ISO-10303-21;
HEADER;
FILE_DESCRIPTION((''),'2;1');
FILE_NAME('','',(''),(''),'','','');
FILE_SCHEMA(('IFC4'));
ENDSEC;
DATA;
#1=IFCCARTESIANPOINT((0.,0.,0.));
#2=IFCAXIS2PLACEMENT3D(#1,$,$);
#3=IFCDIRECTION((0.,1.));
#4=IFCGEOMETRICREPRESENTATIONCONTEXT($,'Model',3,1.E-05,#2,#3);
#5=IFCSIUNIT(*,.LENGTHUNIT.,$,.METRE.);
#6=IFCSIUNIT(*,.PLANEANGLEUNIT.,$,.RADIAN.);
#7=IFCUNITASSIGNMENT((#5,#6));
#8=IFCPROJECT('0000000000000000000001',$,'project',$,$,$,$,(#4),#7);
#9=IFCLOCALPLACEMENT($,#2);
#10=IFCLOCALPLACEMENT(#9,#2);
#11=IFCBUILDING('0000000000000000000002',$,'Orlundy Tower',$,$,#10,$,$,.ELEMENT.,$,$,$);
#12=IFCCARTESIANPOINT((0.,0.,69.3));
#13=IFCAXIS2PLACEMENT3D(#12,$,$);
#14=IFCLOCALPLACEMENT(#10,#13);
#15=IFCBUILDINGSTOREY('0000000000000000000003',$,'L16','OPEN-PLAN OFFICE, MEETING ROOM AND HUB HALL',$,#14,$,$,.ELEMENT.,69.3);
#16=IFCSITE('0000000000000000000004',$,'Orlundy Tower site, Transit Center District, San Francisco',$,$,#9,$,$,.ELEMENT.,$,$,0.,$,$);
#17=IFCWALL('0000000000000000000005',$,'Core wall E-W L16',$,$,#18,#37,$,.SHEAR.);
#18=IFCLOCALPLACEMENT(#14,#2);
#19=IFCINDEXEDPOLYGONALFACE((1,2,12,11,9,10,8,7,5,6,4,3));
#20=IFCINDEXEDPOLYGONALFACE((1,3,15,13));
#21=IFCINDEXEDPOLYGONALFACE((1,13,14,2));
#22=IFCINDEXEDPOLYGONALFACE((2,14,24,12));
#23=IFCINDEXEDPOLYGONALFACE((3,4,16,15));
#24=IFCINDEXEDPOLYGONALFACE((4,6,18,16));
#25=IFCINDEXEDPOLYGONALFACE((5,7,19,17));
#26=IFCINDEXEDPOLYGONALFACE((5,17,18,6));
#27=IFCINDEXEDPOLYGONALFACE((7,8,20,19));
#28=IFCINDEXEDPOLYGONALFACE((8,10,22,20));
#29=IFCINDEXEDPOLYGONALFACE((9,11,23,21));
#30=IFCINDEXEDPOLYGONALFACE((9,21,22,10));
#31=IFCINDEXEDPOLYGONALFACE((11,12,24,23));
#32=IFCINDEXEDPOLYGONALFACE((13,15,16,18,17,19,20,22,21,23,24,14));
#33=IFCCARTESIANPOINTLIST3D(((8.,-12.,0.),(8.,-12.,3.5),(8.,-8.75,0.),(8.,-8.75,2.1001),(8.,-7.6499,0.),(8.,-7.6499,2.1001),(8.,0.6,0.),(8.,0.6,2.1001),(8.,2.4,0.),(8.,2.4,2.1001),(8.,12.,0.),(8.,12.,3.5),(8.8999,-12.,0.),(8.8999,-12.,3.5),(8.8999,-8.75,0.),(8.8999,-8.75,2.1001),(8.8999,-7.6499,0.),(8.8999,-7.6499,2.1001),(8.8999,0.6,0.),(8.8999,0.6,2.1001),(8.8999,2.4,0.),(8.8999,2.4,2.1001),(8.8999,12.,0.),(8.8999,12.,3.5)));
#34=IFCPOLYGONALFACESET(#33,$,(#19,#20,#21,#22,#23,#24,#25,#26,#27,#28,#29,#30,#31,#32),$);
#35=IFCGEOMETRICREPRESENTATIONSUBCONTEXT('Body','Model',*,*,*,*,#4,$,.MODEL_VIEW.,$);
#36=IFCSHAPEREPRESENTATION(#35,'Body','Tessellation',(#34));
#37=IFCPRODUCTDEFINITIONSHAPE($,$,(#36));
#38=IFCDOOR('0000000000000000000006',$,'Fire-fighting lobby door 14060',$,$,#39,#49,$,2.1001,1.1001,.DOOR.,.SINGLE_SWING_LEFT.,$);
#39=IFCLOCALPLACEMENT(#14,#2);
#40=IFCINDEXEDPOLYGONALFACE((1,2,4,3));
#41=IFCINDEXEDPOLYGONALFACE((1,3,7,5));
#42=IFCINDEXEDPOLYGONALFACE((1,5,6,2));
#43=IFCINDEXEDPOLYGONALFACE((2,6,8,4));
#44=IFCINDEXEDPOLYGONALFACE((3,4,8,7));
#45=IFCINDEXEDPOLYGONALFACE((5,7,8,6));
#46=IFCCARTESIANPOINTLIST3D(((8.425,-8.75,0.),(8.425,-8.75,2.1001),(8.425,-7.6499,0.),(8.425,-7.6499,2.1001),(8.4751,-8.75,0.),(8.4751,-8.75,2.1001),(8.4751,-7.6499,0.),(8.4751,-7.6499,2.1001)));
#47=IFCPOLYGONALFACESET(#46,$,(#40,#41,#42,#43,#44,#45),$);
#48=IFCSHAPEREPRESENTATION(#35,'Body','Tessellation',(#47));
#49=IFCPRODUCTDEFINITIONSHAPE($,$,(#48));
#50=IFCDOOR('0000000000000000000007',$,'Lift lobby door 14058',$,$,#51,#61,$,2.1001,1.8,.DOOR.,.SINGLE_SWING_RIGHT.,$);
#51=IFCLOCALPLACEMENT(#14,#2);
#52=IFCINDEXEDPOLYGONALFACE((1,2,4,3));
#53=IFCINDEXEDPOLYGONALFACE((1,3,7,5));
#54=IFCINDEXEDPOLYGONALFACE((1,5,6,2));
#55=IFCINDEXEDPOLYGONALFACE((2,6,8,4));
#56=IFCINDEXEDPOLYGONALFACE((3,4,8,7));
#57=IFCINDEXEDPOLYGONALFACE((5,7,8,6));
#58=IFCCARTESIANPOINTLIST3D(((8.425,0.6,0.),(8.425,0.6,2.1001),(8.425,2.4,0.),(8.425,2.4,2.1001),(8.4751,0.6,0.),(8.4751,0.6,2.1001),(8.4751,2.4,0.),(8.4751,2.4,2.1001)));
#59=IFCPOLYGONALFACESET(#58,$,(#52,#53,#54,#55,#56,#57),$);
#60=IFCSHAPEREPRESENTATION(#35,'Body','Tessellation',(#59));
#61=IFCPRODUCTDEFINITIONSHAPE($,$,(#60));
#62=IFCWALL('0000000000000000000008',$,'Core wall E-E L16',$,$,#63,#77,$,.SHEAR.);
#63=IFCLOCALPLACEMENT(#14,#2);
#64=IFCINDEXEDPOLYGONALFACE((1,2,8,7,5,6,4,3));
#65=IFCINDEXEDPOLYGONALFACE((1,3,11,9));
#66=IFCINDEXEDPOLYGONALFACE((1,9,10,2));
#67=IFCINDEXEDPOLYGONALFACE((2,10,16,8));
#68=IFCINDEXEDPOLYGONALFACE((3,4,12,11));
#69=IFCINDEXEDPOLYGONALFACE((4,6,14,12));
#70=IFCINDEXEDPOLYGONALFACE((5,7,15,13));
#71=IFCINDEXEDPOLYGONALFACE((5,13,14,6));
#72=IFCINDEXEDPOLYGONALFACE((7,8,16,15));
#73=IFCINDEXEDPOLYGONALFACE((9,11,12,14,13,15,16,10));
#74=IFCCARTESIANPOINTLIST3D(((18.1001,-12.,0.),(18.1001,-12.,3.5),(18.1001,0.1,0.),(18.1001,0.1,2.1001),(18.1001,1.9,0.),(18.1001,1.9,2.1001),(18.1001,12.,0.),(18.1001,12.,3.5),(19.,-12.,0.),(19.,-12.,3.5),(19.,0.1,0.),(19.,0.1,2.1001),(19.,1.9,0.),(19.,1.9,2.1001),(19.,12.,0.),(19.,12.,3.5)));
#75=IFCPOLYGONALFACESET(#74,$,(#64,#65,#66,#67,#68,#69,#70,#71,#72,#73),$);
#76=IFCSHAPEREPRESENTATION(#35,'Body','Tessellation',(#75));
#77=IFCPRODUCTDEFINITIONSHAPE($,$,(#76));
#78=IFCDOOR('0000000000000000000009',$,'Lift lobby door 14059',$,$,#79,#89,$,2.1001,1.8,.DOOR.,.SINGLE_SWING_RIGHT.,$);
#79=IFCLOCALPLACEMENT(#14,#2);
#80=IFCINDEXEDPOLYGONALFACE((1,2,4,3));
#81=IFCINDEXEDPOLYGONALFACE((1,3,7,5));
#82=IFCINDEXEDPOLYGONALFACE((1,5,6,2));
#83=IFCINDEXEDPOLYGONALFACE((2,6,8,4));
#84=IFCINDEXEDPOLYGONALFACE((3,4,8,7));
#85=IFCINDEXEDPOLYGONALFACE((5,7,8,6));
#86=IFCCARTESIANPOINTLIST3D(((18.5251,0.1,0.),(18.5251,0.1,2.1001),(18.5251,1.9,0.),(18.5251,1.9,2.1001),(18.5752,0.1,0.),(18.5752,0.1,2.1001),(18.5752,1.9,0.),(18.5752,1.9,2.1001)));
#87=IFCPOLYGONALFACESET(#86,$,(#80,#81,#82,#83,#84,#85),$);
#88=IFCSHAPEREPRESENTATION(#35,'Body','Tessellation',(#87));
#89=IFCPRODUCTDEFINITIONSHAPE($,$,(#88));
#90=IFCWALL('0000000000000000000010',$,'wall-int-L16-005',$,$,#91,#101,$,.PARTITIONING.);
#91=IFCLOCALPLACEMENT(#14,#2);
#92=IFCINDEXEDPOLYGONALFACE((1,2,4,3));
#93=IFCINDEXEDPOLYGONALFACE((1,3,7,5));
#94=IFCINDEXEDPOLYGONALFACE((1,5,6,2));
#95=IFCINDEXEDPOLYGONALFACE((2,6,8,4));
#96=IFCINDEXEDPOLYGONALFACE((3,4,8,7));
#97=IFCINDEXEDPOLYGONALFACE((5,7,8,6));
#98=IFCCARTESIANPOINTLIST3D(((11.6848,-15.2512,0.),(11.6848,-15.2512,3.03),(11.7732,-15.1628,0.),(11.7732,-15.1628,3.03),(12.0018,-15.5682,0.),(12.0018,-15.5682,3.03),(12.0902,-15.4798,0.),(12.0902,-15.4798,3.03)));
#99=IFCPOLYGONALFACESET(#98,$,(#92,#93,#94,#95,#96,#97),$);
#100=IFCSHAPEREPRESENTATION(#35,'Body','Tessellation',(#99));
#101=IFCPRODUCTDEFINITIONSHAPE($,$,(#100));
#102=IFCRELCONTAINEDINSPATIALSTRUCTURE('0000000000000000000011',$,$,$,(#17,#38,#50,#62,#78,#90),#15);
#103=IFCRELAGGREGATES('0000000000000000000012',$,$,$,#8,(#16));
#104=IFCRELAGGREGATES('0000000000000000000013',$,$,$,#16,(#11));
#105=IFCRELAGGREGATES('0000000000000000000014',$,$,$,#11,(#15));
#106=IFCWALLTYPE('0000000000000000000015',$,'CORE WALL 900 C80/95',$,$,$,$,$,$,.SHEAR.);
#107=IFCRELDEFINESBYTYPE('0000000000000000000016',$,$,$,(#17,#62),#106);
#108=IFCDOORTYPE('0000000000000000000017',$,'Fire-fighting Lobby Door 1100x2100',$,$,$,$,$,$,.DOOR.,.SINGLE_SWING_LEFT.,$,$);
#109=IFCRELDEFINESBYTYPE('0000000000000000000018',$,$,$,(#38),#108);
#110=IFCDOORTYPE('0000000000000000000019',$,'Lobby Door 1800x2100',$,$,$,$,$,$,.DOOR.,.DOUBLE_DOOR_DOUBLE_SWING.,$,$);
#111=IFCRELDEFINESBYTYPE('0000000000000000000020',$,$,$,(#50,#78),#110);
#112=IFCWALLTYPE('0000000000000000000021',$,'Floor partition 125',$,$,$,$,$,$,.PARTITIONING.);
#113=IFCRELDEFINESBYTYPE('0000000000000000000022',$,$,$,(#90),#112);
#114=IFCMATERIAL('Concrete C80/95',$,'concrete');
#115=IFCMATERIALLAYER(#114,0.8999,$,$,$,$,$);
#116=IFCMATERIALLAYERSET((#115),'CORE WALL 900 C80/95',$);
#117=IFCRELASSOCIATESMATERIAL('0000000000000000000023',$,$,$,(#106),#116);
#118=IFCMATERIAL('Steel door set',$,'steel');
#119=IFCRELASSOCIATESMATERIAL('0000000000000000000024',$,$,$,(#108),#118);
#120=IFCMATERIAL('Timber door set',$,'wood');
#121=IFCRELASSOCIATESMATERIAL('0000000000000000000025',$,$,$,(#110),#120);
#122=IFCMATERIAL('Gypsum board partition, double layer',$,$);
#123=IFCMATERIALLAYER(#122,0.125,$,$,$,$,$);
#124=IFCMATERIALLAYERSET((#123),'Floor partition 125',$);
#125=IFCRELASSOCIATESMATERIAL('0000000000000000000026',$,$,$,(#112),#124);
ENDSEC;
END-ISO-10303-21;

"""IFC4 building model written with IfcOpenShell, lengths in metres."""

from ifc_helpers import new_model, si_unit, direction, frame, frame_2d, origin, place, context, subcontext, project, spatial, rectangle, extrude, material, layer, layer_set, type_object, element, fill, save


model = new_model("IFC4")

# Units and contexts
model_context = context("Model", 3, precision=1e-05, world=origin(), true_north=direction((0.0, 1.0)))
body_context = subcontext(model_context, "Body", "Model", "MODEL_VIEW")
ifc_project = project(units=[si_unit("LENGTHUNIT", "METRE"), si_unit("PLANEANGLEUNIT", "RADIAN")], contexts=[model_context])

# Site, building, storey
site_placement = place(None, origin())
site = spatial("IfcSite", under=ifc_project, at=site_placement, Name="Orlundy Tower site, Transit Center District, San Francisco", CompositionType="ELEMENT", RefElevation=0.0)
building_placement = place(site_placement, origin())
building = spatial("IfcBuilding", under=site, at=building_placement, Name="Orlundy Tower", CompositionType="ELEMENT")
storey_placement = place(building_placement, frame((0.0, 0.0, 69.3)))
storey = spatial("IfcBuildingStorey", under=building, at=storey_placement, Name="L16", Description="OPEN-PLAN OFFICE, MEETING ROOM AND HUB HALL", CompositionType="ELEMENT", Elevation=69.3)

# Shared definitions
ifc_material_1 = material(Name="Concrete C80/95", Category="concrete")
ifc_layer_1 = layer(ifc_material_1, 0.8999)
ifc_layer_set_1 = layer_set([ifc_layer_1], Name="CORE WALL 900 C80/95")
wall_type_1 = type_object("IfcWallType", Name="CORE WALL 900 C80/95", PredefinedType="SHEAR", material=ifc_layer_set_1)

# Wall, openings, doors
wall_1_placement = place(storey_placement, frame((8.45, -12.0, 0.0), z_axis=(0.0, 0.0, 1.0), x_axis=(0.0, 1.0, 0.0)))
wall_1 = element("IfcWall", 1, at=wall_1_placement, inside=storey, type_object=wall_type_1, Name="Core wall E-W L16", PredefinedType="SHEAR", context=body_context, shape_type="SweptSolid", body=[
    extrude(rectangle(XDim=24.0, YDim=0.8999, at=frame_2d((12.0, 0.0))), origin(), (0.0, 0.0, 1.0), 3.5),
])
opening_1_placement = place(wall_1_placement, frame((12.6001, 0.0, 0.0)))
opening_1 = element("IfcOpeningElement", 2, at=opening_1_placement, cuts=wall_1, PredefinedType="OPENING", context=body_context, shape_type="SweptSolid", body=[
    extrude(rectangle(XDim=1.8, YDim=2.1001, at=frame_2d((0.8999, 1.05))), frame((0.0, 0.46, 0.0), z_axis=(0.0, -1.0, 0.0), x_axis=(1.0, 0.0, 0.0)), (0.0, 0.0, 1.0), 0.9199),
])
opening_2_placement = place(wall_1_placement, frame((3.25, 0.0, 0.0)))
opening_2 = element("IfcOpeningElement", 3, at=opening_2_placement, cuts=wall_1, PredefinedType="OPENING", context=body_context, shape_type="SweptSolid", body=[
    extrude(rectangle(XDim=1.1001, YDim=2.1001, at=frame_2d((0.55, 1.05))), frame((0.0, 0.46, 0.0), z_axis=(0.0, -1.0, 0.0), x_axis=(1.0, 0.0, 0.0)), (0.0, 0.0, 1.0), 0.9199),
])
ifc_material_2 = material(Name="Steel door set", Category="steel")
door_type_1 = type_object("IfcDoorType", Name="Fire-fighting Lobby Door 1100x2100", OperationType="SINGLE_SWING_LEFT", PredefinedType="DOOR", material=ifc_material_2)
door_1_placement = place(opening_2_placement, origin())
door_1 = element("IfcDoor", 4, at=door_1_placement, inside=storey, type_object=door_type_1, Name="Fire-fighting lobby door 14060", OperationType="SINGLE_SWING_LEFT", OverallHeight=2.1001, OverallWidth=1.1001, PredefinedType="DOOR", context=body_context, shape_type="SweptSolid", body=[
    extrude(rectangle(XDim=1.1001, YDim=2.1001, at=frame_2d((0.55, 1.05))), frame((0.0, 0.0249, 0.0), z_axis=(0.0, -1.0, 0.0), x_axis=(1.0, 0.0, 0.0)), (0.0, 0.0, 1.0), 0.05),
])
fill(opening_2, door_1)
ifc_material_3 = material(Name="Timber door set", Category="wood")
door_type_2 = type_object("IfcDoorType", Name="Lobby Door 1800x2100", OperationType="DOUBLE_DOOR_DOUBLE_SWING", PredefinedType="DOOR", material=ifc_material_3)
door_2_placement = place(opening_1_placement, origin())
door_2 = element("IfcDoor", 5, at=door_2_placement, inside=storey, type_object=door_type_2, Name="Lift lobby door 14058", OperationType="SINGLE_SWING_RIGHT", OverallHeight=2.1001, OverallWidth=1.8, PredefinedType="DOOR", context=body_context, shape_type="SweptSolid", body=[
    extrude(rectangle(XDim=1.8, YDim=2.1001, at=frame_2d((0.8999, 1.05))), frame((0.0, 0.0249, 0.0), z_axis=(0.0, -1.0, 0.0), x_axis=(1.0, 0.0, 0.0)), (0.0, 0.0, 1.0), 0.05),
])
fill(opening_1, door_2)

# Wall, opening, door
wall_2_placement = place(storey_placement, frame((18.55, -12.0, 0.0), z_axis=(0.0, 0.0, 1.0), x_axis=(0.0, 1.0, 0.0)))
wall_2 = element("IfcWall", 6, at=wall_2_placement, inside=storey, type_object=wall_type_1, Name="Core wall E-E L16", PredefinedType="SHEAR", context=body_context, shape_type="SweptSolid", body=[
    extrude(rectangle(XDim=24.0, YDim=0.8999, at=frame_2d((12.0, 0.0))), origin(), (0.0, 0.0, 1.0), 3.5),
])
opening_3_placement = place(wall_2_placement, frame((12.1001, 0.0, 0.0)))
opening_3 = element("IfcOpeningElement", 7, at=opening_3_placement, cuts=wall_2, PredefinedType="OPENING", context=body_context, shape_type="SweptSolid", body=[
    extrude(rectangle(XDim=1.8, YDim=2.1001, at=frame_2d((0.8999, 1.05))), frame((0.0, 0.46, 0.0), z_axis=(0.0, -1.0, 0.0), x_axis=(1.0, 0.0, 0.0)), (0.0, 0.0, 1.0), 0.9199),
])
door_3_placement = place(opening_3_placement, origin())
door_3 = element("IfcDoor", 8, at=door_3_placement, inside=storey, type_object=door_type_2, Name="Lift lobby door 14059", OperationType="SINGLE_SWING_RIGHT", OverallHeight=2.1001, OverallWidth=1.8, PredefinedType="DOOR", context=body_context, shape_type="SweptSolid", body=[
    extrude(rectangle(XDim=1.8, YDim=2.1001, at=frame_2d((0.8999, 1.05))), frame((0.0, 0.0249, 0.0), z_axis=(0.0, -1.0, 0.0), x_axis=(1.0, 0.0, 0.0)), (0.0, 0.0, 1.0), 0.05),
])
fill(opening_3, door_3)

# Wall
ifc_material_4 = material(Name="Gypsum board partition, double layer")
ifc_layer_2 = layer(ifc_material_4, 0.125)
ifc_layer_set_2 = layer_set([ifc_layer_2], Name="Floor partition 125")
wall_type_2 = type_object("IfcWallType", Name="Floor partition 125", PredefinedType="PARTITIONING", material=ifc_layer_set_2)
wall_3_placement = place(storey_placement, frame((11.729, -15.207, 0.0), z_axis=(0.0, 0.0, 1.0), x_axis=(0.707107, -0.707107, 0.0)))
element("IfcWall", 9, at=wall_3_placement, inside=storey, type_object=wall_type_2, Name="wall-int-L16-005", PredefinedType="PARTITIONING", context=body_context, shape_type="SweptSolid", body=[
    extrude(rectangle(XDim=0.4482, YDim=0.125, at=frame_2d((0.2241, 0.0))), origin(), (0.0, 0.0, 1.0), 3.03),
])

save(model, "model.ifc")
